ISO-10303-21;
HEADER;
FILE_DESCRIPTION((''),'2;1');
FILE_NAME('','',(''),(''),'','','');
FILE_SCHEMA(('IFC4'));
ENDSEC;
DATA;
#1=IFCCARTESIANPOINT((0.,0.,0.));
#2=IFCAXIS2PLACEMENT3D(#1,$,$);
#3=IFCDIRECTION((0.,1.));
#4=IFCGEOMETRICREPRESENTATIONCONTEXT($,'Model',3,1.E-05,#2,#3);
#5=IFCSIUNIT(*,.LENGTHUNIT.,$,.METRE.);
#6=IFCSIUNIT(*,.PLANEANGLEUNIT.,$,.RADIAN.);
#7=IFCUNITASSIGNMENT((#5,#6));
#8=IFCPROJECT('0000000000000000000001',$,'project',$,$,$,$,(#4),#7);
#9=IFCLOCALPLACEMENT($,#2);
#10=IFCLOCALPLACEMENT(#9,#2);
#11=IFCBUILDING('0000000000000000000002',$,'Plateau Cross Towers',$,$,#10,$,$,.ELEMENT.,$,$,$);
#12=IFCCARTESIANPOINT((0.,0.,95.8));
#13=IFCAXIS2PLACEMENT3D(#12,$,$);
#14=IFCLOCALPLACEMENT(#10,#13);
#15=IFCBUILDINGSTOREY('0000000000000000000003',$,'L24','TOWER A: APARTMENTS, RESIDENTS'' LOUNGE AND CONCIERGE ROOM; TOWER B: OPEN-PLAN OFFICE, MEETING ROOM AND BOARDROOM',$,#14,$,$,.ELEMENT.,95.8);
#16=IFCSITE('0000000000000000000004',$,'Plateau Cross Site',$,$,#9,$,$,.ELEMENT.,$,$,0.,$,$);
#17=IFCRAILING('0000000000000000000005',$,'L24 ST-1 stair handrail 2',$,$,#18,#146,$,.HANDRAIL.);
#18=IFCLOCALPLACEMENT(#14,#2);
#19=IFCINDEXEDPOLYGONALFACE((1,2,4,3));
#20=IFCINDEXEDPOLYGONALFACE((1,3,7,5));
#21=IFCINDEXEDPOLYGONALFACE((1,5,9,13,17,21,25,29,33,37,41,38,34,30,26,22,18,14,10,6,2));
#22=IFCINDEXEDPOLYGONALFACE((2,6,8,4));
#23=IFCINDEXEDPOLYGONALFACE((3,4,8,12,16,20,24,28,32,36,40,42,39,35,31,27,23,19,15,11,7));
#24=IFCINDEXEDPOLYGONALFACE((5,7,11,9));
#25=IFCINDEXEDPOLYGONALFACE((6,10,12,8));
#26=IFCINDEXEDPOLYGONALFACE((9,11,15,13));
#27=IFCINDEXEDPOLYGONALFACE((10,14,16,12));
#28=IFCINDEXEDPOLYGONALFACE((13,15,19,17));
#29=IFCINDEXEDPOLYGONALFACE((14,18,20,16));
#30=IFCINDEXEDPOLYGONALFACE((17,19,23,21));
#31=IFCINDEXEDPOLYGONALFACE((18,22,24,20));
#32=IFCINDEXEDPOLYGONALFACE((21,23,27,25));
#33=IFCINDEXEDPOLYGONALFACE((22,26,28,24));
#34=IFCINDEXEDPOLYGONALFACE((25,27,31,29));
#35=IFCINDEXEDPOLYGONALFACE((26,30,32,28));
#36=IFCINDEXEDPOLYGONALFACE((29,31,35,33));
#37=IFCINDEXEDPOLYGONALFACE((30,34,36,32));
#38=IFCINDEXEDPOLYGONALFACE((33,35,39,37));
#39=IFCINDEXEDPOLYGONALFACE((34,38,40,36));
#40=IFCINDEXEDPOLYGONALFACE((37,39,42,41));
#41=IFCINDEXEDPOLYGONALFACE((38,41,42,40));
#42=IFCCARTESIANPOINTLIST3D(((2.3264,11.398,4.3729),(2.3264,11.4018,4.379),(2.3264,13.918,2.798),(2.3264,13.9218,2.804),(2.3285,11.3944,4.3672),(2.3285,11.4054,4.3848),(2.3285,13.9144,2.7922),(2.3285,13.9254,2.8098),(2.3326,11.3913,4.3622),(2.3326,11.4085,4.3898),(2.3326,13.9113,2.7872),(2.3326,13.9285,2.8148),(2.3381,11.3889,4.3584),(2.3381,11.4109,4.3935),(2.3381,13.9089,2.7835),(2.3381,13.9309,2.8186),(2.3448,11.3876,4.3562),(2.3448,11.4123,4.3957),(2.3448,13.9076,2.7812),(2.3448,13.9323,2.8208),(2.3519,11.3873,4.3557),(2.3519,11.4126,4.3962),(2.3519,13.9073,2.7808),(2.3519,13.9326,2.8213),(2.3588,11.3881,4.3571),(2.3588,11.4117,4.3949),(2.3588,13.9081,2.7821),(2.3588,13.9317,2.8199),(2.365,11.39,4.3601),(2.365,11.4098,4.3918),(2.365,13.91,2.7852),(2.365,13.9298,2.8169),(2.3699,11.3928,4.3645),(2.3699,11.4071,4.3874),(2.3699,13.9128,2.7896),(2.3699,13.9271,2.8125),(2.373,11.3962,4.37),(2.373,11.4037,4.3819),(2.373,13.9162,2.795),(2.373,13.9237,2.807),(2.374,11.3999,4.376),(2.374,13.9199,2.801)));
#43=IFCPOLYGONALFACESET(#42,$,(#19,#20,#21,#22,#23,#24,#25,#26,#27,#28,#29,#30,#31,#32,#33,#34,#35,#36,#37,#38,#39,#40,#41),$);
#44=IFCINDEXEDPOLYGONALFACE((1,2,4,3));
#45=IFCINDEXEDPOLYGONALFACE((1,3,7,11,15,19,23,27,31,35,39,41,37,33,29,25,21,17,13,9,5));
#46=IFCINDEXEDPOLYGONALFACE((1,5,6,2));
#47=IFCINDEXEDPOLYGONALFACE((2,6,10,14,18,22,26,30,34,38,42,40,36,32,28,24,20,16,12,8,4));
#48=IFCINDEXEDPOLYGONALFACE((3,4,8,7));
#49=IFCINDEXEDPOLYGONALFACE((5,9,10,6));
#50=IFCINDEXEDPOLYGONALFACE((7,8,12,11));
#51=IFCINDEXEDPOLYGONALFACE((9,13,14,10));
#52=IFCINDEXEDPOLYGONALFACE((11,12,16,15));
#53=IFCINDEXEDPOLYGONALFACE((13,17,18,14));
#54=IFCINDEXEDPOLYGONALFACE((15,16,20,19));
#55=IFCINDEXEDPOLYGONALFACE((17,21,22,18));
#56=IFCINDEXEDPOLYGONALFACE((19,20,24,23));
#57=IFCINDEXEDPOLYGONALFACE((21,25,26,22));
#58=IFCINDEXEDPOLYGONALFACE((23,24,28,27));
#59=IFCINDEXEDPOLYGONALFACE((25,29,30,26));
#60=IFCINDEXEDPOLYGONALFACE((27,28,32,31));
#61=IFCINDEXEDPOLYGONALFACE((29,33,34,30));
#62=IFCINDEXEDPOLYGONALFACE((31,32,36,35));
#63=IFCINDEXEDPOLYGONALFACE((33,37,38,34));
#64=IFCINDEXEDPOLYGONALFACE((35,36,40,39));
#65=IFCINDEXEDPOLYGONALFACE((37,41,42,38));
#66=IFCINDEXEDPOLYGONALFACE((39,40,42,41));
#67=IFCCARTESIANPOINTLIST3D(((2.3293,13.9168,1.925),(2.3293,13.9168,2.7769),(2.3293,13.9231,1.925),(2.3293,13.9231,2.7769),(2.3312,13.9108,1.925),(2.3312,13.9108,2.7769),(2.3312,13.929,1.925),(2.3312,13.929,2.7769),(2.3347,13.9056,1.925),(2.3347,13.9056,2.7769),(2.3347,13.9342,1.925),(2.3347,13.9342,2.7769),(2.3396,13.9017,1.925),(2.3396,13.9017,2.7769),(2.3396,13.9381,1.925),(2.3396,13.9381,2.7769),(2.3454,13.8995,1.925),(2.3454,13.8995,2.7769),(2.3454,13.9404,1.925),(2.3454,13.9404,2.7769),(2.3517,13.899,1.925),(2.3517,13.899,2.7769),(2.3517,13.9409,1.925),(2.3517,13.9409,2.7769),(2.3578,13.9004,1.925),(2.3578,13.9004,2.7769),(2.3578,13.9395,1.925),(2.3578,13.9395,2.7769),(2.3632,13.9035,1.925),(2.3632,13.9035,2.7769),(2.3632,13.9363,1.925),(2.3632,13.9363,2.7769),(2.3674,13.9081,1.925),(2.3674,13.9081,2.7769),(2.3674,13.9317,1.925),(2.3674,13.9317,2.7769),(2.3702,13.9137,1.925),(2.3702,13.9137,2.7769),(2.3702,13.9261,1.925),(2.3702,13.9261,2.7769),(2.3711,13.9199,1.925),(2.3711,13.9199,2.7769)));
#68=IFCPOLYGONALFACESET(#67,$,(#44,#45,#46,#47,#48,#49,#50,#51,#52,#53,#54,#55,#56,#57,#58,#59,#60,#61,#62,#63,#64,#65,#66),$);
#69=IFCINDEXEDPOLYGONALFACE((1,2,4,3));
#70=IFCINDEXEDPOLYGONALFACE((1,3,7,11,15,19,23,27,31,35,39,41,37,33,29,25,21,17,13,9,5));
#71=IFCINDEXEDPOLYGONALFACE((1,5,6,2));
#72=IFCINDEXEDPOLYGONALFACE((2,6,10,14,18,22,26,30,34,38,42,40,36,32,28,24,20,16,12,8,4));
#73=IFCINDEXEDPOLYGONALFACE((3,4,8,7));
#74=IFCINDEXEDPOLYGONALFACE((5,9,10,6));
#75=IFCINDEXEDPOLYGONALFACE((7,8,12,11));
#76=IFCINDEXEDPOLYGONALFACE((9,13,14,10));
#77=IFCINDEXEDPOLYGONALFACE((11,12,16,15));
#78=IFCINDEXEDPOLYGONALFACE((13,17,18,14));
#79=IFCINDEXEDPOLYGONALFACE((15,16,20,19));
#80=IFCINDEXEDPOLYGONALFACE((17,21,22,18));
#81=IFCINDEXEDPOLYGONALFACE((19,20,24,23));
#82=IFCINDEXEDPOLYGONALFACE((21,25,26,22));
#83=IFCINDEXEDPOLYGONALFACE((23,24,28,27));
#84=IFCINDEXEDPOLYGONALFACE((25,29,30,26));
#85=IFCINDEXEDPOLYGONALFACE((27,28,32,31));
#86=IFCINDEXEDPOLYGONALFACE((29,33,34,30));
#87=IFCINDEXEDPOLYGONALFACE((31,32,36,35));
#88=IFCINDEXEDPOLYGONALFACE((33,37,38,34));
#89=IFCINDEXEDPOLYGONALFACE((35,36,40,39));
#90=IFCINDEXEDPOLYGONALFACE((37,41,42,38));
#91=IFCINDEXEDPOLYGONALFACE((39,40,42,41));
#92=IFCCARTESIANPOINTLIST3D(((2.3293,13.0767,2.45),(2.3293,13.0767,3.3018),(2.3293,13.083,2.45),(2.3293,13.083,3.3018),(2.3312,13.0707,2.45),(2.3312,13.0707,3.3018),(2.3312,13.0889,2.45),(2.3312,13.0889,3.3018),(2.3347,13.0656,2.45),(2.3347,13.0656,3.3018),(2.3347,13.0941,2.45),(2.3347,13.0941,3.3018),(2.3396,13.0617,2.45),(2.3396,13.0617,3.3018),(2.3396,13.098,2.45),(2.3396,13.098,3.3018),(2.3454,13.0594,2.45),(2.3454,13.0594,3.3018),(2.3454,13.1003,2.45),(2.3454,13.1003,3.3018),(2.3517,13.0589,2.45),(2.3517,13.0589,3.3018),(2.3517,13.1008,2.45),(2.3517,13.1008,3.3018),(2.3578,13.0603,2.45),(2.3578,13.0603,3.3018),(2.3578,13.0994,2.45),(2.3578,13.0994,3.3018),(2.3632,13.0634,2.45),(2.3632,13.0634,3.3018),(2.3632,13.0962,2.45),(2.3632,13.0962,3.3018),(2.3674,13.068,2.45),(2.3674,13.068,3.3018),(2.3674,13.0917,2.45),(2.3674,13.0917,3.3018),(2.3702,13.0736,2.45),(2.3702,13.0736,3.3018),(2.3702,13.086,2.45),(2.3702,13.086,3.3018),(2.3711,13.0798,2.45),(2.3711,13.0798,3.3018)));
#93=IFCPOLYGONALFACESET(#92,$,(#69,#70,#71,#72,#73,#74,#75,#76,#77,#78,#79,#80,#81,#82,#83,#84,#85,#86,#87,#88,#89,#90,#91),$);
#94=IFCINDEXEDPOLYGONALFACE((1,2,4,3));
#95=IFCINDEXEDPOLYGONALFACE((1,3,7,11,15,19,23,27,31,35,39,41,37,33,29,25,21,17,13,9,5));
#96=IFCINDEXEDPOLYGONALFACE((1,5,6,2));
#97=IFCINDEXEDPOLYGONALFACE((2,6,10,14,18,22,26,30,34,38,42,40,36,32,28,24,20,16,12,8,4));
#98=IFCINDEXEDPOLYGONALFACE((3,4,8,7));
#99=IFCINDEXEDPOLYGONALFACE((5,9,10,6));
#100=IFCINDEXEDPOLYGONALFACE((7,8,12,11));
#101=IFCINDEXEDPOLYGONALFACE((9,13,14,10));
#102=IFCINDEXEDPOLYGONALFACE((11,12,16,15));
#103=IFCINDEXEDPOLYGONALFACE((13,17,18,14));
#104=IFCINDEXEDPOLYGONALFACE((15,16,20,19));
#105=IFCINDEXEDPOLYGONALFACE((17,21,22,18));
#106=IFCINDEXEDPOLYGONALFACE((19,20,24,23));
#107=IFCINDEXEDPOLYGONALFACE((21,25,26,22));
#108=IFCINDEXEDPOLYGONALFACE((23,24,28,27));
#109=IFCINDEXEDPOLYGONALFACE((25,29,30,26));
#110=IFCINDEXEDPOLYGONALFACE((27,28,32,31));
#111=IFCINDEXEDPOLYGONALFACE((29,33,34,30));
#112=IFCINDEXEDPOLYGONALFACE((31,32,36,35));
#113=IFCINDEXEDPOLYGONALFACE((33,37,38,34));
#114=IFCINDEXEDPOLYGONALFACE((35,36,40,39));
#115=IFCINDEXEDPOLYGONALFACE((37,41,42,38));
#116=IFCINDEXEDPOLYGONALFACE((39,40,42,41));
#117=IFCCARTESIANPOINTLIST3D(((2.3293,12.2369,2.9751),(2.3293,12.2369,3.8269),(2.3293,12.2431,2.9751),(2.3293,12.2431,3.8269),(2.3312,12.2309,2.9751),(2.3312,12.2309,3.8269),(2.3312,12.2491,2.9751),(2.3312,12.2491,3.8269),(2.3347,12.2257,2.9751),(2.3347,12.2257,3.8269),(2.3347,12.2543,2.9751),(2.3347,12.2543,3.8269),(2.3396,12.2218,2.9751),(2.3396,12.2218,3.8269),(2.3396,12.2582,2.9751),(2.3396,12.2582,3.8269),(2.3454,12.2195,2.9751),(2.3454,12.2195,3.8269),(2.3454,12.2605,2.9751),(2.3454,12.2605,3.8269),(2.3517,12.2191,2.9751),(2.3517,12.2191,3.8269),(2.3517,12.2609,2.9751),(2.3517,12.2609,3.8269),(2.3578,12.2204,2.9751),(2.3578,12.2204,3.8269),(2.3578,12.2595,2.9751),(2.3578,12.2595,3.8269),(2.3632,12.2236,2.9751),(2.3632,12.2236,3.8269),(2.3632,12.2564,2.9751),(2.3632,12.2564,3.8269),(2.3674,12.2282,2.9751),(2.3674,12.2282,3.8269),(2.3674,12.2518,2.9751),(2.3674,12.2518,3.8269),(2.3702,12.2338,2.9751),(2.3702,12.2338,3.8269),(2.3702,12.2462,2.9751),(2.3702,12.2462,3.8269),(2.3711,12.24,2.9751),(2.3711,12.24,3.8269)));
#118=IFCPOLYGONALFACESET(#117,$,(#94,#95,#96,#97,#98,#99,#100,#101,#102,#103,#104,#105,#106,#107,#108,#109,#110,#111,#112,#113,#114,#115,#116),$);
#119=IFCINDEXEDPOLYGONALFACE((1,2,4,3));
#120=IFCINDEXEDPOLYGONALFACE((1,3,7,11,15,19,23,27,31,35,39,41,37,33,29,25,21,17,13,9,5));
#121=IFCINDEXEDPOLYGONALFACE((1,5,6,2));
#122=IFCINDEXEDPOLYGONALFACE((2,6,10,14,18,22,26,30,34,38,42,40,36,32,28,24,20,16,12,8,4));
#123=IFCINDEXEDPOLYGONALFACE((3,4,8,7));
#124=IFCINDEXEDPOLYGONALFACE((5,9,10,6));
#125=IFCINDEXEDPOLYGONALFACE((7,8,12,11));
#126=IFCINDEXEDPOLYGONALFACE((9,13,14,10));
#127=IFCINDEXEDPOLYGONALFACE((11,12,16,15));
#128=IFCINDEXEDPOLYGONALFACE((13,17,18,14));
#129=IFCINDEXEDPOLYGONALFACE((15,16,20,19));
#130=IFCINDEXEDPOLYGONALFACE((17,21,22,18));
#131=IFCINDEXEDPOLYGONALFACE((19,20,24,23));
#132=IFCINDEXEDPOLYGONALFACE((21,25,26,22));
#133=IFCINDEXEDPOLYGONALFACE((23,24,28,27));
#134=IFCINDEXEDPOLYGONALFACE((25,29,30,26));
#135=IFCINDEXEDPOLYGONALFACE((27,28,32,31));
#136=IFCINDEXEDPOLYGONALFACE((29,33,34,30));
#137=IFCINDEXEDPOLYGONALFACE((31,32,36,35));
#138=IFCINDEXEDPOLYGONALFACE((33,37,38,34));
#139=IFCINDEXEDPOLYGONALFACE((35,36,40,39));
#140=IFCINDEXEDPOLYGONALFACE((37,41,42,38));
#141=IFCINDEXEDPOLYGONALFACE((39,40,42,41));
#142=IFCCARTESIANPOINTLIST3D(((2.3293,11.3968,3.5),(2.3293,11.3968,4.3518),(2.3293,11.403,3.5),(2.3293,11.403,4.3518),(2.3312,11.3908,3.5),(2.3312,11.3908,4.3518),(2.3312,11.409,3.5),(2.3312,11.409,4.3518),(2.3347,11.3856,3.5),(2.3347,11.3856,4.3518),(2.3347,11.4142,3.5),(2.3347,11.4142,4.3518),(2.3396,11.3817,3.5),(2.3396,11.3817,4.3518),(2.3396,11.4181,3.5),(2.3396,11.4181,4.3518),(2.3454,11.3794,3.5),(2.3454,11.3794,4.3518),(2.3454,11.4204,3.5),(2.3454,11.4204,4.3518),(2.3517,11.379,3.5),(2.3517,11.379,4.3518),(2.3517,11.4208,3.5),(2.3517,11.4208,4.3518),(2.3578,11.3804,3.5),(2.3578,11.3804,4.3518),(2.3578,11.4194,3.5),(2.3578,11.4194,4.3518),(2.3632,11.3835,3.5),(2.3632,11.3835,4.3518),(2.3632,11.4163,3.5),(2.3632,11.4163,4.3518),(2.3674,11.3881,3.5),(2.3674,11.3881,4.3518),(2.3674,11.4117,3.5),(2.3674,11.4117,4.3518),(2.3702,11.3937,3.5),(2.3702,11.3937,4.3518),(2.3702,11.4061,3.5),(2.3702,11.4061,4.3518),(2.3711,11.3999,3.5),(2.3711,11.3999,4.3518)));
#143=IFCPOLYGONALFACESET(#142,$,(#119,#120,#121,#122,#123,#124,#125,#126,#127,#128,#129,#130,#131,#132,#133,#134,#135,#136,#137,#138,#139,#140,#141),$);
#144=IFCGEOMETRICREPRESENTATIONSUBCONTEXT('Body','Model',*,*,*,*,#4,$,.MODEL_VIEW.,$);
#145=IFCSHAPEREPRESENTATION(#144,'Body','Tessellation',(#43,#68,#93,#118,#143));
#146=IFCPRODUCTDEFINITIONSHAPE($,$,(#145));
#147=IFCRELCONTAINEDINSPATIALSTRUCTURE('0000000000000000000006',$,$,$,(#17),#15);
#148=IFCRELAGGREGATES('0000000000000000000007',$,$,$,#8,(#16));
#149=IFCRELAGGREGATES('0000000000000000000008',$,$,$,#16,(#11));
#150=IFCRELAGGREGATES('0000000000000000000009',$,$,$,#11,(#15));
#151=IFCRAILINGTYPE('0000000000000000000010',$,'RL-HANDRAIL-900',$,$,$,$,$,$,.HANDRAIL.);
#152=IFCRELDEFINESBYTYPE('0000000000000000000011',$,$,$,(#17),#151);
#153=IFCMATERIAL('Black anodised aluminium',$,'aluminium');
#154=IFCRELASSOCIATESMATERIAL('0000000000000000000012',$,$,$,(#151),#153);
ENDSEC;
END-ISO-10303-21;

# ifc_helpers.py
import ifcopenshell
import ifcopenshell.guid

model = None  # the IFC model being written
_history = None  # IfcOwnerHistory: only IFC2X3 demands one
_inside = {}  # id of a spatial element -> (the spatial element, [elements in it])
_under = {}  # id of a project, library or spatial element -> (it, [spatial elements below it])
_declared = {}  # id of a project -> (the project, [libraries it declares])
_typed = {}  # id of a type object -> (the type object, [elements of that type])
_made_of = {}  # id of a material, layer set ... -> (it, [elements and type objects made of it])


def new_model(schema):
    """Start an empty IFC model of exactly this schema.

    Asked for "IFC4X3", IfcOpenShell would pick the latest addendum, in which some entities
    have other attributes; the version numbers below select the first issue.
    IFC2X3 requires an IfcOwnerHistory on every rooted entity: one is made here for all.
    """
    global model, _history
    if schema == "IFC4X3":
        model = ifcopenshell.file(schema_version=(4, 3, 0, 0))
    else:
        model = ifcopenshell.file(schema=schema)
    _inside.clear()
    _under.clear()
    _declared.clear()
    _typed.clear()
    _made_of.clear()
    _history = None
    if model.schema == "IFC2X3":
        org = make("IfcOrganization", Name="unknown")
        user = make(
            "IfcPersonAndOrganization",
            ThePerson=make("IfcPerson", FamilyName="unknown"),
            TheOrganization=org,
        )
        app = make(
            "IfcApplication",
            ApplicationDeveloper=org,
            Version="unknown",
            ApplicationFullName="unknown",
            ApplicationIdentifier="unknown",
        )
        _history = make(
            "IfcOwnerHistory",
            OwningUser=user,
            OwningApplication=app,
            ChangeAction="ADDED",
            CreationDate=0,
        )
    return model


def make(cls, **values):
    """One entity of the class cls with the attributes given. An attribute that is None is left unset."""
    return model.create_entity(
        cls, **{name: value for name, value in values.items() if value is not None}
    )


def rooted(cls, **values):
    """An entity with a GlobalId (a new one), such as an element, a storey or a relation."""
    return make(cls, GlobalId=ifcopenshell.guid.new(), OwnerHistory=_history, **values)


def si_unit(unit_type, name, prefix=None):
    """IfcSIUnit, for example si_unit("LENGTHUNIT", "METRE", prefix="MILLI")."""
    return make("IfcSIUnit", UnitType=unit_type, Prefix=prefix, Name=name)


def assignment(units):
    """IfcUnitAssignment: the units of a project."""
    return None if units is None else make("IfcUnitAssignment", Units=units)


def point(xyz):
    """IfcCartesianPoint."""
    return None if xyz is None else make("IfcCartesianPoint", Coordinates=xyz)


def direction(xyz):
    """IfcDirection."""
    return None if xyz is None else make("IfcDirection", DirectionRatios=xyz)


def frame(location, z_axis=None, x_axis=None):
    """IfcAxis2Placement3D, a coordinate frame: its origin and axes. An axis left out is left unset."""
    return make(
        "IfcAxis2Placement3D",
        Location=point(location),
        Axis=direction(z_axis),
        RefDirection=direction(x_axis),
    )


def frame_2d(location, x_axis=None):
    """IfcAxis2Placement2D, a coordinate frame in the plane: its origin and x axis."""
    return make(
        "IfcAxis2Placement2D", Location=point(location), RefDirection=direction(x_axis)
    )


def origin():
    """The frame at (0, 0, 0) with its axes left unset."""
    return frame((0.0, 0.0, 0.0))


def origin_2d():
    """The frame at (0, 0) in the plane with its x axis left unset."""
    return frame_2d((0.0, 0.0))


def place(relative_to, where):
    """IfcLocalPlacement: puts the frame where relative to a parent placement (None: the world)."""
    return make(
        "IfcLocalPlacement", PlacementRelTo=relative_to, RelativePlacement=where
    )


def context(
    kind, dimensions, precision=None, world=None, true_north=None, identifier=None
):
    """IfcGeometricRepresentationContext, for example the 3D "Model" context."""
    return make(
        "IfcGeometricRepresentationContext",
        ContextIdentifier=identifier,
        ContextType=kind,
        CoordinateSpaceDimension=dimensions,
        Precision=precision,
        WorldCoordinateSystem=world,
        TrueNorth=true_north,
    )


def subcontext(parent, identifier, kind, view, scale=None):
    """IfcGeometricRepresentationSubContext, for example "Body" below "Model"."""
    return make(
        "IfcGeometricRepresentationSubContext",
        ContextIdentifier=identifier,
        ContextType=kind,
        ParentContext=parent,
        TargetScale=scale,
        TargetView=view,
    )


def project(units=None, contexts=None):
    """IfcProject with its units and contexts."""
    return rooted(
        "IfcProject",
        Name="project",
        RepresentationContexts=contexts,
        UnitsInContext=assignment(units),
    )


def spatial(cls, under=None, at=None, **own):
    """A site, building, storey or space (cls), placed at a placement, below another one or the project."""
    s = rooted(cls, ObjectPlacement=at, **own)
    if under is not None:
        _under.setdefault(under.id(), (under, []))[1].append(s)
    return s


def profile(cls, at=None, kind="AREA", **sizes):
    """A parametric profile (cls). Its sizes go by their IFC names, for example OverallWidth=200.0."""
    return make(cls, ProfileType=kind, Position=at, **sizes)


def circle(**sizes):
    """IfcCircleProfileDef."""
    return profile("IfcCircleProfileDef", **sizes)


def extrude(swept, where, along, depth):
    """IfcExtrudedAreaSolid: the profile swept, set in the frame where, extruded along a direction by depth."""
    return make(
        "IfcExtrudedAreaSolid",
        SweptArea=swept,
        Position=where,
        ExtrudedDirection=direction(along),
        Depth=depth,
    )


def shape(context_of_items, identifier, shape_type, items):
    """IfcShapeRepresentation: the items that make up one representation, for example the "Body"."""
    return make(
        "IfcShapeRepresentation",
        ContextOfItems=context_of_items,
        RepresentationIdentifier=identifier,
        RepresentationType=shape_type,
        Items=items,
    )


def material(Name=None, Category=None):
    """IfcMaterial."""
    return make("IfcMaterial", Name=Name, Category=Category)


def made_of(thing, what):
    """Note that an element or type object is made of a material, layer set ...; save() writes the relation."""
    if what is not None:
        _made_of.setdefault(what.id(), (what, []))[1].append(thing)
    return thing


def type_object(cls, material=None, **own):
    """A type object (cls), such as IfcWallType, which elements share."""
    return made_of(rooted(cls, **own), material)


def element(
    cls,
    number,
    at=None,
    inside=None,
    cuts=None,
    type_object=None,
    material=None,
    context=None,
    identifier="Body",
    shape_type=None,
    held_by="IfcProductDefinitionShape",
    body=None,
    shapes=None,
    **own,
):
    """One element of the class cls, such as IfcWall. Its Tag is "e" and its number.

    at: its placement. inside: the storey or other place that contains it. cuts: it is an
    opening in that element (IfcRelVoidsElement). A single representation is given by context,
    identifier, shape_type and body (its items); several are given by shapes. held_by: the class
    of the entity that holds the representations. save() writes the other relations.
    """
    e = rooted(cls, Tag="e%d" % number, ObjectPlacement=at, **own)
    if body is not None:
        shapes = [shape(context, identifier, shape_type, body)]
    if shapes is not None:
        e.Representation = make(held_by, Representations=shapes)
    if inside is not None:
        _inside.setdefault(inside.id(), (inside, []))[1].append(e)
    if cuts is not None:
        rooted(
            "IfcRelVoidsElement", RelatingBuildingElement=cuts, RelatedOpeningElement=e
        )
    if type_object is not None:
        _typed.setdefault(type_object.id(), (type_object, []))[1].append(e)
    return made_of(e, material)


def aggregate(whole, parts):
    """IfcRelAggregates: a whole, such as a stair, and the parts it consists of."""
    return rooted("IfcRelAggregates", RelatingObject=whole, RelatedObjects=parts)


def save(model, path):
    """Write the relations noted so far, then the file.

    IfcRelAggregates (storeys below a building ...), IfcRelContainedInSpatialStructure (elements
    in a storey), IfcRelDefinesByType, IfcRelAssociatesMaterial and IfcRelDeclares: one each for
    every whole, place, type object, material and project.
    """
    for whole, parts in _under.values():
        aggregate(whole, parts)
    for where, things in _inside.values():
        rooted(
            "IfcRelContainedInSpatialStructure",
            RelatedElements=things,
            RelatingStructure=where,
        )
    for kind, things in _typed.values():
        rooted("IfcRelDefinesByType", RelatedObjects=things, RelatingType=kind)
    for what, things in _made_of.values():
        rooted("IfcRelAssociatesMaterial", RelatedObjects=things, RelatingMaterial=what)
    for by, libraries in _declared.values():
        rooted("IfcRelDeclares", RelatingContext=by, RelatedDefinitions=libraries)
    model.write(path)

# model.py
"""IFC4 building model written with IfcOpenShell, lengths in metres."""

from ifc_helpers import new_model, si_unit, direction, frame, origin, origin_2d, place, context, subcontext, project, spatial, circle, extrude, material, type_object, element, save


model = new_model("IFC4")

# Units and contexts
model_context = context("Model", 3, precision=1e-05, world=origin(), true_north=direction((0.0, 1.0)))
body_context = subcontext(model_context, "Body", "Model", "MODEL_VIEW")
ifc_project = project(units=[si_unit("LENGTHUNIT", "METRE"), si_unit("PLANEANGLEUNIT", "RADIAN")], contexts=[model_context])

# Site, building, storey
site_placement = place(None, origin())
site = spatial("IfcSite", under=ifc_project, at=site_placement, Name="Plateau Cross Site", CompositionType="ELEMENT", RefElevation=0.0)
building_placement = place(site_placement, origin())
building = spatial("IfcBuilding", under=site, at=building_placement, Name="Plateau Cross Towers", CompositionType="ELEMENT")
storey_placement = place(building_placement, frame((0.0, 0.0, 95.8)))
storey = spatial("IfcBuildingStorey", under=building, at=storey_placement, Name="L24", Description="TOWER A: APARTMENTS, RESIDENTS' LOUNGE AND CONCIERGE ROOM; TOWER B: OPEN-PLAN OFFICE, MEETING ROOM AND BOARDROOM", CompositionType="ELEMENT", Elevation=95.8)

# Shared definitions
ifc_material_1 = material(Name="Black anodised aluminium", Category="aluminium")

# Railing
railing_type_1 = type_object("IfcRailingType", Name="RL-HANDRAIL-900", PredefinedType="HANDRAIL", material=ifc_material_1)
railing_1_placement = place(storey_placement, frame((2.3501, 13.9199, 1.925)))
element("IfcRailing", 1, at=railing_1_placement, inside=storey, type_object=railing_type_1, Name="L24 ST-1 stair handrail 2", PredefinedType="HANDRAIL", context=body_context, shape_type="SweptSolid", body=[
    extrude(circle(Radius=0.0239, at=origin_2d()), frame((0.0, 0.0, 0.876), z_axis=(0.0, -0.848008, 0.529984), x_axis=(1.0, 0.0, 0.0)), (0.0, 0.0, 1.0), 2.9717),
    extrude(circle(Radius=0.021, at=origin_2d()), origin(), (0.0, 0.0, 1.0), 0.8518),
    extrude(circle(Radius=0.021, at=origin_2d()), frame((0.0, -0.8401, 0.5249)), (0.0, 0.0, 1.0), 0.8518),
    extrude(circle(Radius=0.021, at=origin_2d()), frame((0.0, -1.6799, 1.05)), (0.0, 0.0, 1.0), 0.8518),
    extrude(circle(Radius=0.021, at=origin_2d()), frame((0.0, -2.52, 1.575)), (0.0, 0.0, 1.0), 0.8518),
])

save(model, "model.ifc")
